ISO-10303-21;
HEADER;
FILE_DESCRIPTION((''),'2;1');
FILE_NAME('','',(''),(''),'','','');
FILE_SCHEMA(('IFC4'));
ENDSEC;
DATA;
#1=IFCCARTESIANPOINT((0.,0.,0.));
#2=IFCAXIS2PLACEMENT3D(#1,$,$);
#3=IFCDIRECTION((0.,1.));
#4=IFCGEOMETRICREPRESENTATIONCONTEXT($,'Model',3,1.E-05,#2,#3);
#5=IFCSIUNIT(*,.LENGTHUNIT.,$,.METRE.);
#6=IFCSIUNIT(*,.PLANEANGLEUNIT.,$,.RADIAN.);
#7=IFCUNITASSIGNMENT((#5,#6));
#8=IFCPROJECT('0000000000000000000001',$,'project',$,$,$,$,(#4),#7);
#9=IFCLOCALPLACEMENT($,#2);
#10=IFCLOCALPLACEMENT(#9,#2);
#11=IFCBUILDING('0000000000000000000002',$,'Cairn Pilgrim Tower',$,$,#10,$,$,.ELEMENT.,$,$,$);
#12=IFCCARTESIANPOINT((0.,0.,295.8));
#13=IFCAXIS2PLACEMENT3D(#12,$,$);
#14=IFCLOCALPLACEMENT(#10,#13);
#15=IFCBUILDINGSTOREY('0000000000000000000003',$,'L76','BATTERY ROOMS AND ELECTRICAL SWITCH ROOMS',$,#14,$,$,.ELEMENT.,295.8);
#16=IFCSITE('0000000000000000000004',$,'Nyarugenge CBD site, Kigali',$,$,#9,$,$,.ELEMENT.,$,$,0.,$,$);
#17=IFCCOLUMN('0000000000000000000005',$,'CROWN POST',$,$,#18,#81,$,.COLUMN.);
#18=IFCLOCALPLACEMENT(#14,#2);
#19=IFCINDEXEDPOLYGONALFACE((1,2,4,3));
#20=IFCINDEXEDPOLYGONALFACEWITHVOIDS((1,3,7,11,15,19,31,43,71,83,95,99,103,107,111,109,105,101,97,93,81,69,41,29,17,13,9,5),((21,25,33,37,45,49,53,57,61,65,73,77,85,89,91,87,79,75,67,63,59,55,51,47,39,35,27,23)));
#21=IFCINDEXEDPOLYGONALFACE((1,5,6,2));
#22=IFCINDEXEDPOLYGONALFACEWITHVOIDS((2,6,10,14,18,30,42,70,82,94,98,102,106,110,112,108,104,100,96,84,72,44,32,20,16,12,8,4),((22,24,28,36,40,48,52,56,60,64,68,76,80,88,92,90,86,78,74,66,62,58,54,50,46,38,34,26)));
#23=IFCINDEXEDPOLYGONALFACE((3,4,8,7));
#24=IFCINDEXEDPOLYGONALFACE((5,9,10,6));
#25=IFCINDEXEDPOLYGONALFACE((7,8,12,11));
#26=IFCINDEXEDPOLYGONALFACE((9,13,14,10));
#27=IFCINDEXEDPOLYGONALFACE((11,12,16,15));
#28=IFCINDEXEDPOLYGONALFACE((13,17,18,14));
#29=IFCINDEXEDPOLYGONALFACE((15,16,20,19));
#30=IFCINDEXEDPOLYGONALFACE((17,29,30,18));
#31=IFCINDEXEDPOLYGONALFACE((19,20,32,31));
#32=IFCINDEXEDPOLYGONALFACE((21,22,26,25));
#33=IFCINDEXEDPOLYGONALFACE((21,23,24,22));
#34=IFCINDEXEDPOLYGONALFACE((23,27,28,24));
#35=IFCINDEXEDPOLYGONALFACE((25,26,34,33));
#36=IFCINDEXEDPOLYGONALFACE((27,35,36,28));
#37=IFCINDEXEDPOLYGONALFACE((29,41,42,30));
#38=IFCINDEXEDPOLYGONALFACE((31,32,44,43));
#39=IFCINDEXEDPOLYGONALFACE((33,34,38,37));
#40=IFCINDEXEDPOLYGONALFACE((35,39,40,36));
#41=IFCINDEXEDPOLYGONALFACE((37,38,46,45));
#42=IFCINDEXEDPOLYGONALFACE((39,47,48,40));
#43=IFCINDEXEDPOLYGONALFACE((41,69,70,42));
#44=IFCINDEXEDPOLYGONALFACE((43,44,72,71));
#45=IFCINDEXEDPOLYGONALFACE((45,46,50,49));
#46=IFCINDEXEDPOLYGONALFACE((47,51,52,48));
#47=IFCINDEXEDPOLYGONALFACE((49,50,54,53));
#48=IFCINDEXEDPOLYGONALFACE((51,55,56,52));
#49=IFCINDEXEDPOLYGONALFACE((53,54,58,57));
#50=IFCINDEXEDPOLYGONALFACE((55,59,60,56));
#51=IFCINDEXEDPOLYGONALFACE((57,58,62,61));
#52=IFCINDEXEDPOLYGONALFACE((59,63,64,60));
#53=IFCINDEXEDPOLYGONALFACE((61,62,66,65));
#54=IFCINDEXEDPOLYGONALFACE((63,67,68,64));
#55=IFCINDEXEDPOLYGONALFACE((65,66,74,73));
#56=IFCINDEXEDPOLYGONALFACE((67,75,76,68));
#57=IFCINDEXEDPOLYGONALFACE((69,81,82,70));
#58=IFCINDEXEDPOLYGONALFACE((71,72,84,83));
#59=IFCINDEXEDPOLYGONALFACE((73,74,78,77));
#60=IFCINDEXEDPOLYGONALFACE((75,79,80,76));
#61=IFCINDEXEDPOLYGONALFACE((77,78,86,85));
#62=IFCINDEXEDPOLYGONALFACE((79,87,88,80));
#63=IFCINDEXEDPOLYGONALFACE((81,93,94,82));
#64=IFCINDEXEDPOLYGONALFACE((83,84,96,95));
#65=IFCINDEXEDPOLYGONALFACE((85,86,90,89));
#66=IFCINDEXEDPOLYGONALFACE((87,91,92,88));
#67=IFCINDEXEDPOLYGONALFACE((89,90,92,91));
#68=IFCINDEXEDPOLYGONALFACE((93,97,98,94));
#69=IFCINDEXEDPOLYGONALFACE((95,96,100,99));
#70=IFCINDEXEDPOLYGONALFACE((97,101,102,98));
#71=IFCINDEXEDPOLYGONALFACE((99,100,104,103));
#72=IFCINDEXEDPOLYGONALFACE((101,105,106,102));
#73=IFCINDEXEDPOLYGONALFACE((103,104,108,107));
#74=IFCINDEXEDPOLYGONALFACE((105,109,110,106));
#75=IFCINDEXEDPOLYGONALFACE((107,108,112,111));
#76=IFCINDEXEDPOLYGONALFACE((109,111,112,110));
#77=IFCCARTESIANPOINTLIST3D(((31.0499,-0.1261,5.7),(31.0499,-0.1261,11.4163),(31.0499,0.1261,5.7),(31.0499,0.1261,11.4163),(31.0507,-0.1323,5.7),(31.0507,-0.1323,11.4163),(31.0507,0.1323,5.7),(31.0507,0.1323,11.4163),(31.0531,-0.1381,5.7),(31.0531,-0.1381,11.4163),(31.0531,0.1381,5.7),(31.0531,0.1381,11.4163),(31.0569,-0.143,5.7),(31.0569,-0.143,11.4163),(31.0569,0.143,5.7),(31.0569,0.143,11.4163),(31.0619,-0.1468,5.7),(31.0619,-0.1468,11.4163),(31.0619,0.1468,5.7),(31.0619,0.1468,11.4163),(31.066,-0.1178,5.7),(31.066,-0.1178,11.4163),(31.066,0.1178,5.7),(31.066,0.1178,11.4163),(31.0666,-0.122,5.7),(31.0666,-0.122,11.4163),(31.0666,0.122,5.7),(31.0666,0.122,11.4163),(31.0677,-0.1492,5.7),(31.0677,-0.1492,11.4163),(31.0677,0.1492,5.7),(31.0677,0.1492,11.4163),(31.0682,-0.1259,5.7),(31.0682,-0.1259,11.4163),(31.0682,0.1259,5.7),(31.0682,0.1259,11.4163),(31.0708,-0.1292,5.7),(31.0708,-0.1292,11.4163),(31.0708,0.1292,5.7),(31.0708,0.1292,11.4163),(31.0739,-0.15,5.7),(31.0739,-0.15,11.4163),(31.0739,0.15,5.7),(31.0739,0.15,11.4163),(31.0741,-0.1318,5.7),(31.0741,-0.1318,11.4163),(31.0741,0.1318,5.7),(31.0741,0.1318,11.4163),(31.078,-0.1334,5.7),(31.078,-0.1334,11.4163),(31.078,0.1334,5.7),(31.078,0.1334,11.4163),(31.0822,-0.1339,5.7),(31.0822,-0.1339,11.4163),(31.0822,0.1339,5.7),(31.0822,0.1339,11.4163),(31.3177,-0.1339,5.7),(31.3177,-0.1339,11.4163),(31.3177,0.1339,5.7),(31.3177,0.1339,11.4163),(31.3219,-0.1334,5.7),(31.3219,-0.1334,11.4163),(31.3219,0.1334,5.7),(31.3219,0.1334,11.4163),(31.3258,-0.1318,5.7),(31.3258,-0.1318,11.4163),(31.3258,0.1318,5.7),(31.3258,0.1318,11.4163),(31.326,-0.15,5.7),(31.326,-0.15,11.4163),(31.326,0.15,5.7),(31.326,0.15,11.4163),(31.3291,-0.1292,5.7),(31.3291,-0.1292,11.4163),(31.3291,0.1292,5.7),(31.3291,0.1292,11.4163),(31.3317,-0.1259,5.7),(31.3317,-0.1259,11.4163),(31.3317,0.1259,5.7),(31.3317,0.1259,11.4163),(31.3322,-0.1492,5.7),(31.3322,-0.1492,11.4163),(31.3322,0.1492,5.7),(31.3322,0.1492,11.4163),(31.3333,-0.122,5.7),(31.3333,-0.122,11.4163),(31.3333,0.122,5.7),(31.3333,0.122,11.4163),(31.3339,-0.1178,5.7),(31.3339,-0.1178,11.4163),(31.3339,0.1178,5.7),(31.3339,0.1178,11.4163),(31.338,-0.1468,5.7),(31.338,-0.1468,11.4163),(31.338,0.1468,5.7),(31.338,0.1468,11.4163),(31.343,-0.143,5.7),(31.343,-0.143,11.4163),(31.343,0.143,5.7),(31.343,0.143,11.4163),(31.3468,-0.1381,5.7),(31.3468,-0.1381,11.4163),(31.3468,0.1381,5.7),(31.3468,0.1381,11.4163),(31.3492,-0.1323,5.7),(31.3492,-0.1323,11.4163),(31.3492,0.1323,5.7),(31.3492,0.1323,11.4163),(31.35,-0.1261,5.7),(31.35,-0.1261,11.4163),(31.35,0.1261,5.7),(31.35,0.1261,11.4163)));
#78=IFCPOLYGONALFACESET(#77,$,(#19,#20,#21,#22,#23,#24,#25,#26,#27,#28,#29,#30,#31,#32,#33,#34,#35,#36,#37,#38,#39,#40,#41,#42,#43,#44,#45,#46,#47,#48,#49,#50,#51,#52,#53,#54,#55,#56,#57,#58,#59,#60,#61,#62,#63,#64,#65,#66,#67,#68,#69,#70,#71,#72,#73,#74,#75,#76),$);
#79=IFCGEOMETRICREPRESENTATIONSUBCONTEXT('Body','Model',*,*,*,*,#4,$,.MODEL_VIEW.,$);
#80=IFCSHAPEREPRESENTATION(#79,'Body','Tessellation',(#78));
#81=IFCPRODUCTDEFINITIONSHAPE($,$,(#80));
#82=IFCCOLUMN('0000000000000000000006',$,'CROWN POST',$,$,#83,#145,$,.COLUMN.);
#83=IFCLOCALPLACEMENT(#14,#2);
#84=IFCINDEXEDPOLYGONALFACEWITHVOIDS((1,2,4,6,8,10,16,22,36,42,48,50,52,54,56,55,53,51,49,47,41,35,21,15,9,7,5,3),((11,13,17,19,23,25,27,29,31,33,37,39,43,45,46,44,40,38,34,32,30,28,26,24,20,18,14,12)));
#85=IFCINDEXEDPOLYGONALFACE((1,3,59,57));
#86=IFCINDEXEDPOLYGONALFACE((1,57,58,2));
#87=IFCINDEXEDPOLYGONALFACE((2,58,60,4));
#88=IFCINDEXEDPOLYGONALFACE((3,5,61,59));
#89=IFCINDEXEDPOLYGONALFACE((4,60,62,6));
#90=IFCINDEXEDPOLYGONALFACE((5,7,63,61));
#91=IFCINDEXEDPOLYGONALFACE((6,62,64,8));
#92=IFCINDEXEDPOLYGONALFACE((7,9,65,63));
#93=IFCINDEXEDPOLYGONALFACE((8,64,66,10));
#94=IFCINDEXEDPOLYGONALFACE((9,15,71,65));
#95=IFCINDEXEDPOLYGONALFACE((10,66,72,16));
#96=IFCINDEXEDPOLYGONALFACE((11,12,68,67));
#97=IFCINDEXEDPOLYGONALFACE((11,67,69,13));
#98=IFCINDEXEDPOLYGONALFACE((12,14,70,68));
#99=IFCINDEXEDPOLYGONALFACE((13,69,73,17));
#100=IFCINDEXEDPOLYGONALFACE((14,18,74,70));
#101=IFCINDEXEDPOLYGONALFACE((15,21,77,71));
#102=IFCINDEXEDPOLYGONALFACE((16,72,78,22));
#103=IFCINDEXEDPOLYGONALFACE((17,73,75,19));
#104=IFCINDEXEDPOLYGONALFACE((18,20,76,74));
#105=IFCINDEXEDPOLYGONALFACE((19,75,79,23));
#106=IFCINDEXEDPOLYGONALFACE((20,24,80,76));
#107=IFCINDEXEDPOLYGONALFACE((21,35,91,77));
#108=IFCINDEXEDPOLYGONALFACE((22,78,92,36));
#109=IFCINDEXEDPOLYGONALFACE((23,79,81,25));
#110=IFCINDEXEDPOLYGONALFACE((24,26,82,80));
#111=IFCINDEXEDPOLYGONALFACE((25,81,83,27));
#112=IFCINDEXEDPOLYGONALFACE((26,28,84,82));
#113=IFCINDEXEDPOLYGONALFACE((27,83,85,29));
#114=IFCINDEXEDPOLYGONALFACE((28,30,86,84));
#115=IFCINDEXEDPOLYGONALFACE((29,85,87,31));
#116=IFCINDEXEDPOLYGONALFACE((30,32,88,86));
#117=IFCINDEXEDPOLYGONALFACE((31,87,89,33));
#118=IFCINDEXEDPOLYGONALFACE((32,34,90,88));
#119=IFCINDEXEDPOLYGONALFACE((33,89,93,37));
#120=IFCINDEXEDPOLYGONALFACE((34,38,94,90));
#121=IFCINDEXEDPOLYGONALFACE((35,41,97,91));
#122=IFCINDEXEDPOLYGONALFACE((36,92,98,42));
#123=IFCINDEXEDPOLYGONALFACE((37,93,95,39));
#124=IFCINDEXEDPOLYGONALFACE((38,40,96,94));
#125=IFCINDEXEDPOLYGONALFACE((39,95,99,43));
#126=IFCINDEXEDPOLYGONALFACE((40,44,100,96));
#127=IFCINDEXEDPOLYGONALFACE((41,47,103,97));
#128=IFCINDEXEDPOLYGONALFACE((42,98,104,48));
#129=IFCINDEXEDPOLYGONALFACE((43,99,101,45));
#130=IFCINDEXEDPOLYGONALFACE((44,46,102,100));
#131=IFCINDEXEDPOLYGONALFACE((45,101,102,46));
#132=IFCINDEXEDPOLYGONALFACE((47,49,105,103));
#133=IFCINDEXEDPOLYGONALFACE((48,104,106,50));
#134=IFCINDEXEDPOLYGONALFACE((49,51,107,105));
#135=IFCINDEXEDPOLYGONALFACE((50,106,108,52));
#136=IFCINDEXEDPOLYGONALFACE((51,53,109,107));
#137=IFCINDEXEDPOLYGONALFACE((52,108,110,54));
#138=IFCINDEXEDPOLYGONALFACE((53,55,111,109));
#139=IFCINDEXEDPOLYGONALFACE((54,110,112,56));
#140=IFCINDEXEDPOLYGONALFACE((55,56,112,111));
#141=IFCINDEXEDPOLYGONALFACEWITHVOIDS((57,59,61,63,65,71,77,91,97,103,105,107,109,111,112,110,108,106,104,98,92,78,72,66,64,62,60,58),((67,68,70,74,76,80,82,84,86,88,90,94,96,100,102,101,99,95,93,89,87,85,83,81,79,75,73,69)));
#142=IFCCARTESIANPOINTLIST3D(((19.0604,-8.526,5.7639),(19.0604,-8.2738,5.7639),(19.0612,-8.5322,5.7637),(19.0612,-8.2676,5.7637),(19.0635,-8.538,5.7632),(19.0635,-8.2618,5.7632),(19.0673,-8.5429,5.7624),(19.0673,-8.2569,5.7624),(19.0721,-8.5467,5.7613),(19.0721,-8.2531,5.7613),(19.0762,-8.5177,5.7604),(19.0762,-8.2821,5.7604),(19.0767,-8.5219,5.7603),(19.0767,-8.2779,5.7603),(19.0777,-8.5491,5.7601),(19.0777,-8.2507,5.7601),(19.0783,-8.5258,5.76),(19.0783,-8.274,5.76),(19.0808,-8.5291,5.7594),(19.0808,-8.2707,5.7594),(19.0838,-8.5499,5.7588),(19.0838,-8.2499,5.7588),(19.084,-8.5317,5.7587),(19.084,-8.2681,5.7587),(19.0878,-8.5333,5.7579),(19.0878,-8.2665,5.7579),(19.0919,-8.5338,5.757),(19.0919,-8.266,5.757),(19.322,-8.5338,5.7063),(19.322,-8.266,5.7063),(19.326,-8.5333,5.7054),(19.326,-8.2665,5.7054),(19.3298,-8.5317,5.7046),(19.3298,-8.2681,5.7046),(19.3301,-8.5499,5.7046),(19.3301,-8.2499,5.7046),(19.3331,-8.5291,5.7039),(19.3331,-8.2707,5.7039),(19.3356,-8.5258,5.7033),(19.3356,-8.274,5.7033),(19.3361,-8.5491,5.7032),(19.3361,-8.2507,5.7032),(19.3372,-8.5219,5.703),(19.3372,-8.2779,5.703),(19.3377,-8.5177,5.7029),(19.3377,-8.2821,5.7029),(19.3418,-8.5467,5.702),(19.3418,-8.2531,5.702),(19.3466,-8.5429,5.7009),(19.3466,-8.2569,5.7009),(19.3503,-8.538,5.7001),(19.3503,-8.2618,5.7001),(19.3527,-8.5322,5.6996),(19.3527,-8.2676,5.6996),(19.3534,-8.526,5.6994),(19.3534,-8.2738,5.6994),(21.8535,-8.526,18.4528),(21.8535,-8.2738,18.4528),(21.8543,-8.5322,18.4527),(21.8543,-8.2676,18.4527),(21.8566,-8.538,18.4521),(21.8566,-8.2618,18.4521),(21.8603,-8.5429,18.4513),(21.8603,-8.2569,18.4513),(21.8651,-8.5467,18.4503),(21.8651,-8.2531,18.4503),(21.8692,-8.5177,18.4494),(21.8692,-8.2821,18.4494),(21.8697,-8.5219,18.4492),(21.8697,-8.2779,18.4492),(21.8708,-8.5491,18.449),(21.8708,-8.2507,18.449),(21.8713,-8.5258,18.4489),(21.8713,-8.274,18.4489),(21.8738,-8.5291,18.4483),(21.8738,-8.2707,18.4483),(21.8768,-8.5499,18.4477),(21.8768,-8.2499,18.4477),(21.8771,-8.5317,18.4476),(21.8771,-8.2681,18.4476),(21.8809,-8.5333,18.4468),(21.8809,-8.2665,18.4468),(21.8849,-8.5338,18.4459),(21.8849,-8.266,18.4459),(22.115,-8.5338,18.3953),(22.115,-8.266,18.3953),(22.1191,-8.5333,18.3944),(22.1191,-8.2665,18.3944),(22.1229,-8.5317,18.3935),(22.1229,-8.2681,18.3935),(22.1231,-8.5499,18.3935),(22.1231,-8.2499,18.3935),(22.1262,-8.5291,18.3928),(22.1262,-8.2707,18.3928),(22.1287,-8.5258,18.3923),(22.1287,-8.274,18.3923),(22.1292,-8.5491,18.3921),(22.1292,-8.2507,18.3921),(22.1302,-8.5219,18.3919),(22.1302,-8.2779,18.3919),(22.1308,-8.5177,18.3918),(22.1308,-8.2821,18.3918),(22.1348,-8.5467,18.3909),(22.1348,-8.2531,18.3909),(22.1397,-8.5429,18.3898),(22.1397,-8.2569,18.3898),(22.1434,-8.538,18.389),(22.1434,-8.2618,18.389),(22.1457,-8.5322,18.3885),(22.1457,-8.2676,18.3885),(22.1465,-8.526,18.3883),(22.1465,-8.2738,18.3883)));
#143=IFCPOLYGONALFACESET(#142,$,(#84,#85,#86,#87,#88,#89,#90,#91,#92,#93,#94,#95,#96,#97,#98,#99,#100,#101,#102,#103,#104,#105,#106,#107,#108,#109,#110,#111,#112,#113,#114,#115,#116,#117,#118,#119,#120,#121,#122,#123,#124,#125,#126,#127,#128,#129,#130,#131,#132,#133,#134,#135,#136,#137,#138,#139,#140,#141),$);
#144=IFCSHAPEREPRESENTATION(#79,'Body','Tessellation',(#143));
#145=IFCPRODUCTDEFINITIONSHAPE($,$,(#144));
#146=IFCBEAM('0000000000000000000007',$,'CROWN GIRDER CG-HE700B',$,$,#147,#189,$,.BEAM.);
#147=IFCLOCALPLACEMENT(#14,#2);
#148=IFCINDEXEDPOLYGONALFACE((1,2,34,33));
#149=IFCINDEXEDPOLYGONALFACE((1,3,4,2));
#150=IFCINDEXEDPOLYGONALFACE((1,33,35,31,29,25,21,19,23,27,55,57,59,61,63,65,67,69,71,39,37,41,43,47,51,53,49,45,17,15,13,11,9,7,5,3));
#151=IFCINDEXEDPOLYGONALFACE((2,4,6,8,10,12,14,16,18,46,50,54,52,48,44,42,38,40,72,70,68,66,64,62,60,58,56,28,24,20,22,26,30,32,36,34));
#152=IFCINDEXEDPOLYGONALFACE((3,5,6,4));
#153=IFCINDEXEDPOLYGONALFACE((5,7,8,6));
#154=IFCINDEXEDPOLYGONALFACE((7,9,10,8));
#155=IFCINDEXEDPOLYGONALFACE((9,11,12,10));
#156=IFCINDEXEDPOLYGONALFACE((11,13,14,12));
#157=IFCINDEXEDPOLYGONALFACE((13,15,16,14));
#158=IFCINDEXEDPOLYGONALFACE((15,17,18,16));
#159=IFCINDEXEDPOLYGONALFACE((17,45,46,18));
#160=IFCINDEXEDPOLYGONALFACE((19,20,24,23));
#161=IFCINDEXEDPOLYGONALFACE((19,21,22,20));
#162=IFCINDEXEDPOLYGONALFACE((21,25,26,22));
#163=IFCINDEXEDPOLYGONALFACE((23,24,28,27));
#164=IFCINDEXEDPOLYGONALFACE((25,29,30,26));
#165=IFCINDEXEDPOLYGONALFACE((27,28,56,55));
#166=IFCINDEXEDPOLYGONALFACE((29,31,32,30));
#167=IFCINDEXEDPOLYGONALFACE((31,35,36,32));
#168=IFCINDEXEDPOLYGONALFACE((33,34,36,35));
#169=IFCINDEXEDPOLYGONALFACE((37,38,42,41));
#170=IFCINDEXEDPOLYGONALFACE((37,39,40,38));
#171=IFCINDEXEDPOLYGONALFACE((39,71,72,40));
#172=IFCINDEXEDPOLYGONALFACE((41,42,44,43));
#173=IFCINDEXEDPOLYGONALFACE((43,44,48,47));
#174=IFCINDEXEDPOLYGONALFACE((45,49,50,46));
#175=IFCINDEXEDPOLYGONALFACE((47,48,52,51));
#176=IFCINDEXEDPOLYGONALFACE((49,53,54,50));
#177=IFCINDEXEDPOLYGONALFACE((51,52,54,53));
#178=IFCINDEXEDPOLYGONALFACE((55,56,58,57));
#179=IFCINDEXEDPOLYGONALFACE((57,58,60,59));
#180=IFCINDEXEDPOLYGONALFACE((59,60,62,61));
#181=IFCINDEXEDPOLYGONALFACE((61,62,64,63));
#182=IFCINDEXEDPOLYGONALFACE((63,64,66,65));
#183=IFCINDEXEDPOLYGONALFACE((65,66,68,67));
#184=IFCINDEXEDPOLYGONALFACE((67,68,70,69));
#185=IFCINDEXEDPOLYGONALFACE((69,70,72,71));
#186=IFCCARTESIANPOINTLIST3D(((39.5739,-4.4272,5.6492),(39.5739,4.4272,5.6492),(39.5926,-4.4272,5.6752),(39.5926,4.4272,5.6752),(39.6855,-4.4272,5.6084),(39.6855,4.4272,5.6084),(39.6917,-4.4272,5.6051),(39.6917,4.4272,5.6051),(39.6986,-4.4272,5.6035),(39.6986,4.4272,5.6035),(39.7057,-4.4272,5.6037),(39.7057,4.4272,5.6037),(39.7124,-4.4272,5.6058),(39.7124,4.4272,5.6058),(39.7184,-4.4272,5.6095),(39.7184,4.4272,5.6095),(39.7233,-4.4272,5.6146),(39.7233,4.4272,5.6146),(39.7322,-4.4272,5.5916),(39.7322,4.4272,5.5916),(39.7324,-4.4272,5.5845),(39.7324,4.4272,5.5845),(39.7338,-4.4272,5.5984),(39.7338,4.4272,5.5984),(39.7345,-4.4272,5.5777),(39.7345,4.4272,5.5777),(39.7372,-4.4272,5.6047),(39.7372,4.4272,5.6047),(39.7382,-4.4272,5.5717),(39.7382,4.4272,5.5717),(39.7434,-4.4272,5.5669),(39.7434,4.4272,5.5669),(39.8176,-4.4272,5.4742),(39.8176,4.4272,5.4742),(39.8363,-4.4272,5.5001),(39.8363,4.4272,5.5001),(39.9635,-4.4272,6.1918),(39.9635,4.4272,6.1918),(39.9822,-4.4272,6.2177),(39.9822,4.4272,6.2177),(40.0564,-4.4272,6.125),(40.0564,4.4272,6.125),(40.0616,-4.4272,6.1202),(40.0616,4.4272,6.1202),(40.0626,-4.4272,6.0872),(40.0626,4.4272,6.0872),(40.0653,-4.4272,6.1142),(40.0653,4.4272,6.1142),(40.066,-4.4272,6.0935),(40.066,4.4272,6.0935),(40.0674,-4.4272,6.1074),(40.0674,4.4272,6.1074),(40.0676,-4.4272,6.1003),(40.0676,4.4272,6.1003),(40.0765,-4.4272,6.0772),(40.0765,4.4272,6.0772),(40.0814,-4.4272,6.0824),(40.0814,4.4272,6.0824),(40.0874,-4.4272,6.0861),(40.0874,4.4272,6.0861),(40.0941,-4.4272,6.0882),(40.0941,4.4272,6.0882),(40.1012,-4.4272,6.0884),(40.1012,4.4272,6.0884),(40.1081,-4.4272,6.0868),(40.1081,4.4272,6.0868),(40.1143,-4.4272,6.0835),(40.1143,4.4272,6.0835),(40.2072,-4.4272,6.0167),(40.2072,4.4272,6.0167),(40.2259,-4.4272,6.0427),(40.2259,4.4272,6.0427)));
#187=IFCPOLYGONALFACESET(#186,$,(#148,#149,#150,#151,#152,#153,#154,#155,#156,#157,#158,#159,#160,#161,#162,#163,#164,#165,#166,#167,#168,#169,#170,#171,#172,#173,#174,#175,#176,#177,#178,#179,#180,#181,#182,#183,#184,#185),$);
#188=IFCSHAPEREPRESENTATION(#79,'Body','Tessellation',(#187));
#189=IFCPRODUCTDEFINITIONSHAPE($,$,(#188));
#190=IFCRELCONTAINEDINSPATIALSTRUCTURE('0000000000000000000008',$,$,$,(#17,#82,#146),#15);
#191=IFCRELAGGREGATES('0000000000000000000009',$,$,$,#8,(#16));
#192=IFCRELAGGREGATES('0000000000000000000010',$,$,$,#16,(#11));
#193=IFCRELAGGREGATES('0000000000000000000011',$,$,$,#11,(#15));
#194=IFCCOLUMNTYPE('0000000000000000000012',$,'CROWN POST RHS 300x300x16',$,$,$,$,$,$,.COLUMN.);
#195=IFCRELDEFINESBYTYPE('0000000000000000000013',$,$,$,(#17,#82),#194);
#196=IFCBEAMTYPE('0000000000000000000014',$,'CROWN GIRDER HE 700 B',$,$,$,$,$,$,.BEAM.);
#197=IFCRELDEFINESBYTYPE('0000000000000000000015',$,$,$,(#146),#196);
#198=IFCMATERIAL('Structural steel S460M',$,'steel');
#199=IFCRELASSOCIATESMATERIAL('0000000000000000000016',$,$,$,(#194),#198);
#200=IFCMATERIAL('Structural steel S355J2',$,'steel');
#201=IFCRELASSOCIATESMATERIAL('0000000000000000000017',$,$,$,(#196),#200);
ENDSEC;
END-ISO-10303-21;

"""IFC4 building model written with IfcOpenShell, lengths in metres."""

from ifc_helpers import new_model, si_unit, direction, frame, origin, origin_2d, place, context, subcontext, project, spatial, hollow_rectangle, i_section, extrude, clip, halfspace, material, material_profile, profile_set, type_object, element, save


model = new_model("IFC4")

# Units and contexts
model_context = context("Model", 3, precision=1e-05, world=origin(), true_north=direction((0.0, 1.0)))
body_context = subcontext(model_context, "Body", "Model", "MODEL_VIEW")
ifc_project = project(units=[si_unit("LENGTHUNIT", "METRE"), si_unit("PLANEANGLEUNIT", "RADIAN")], contexts=[model_context])

# Site, building, storey
site_placement = place(None, origin())
site = spatial("IfcSite", under=ifc_project, at=site_placement, Name="Nyarugenge CBD site, Kigali", CompositionType="ELEMENT", RefElevation=0.0)
building_placement = place(site_placement, origin())
building = spatial("IfcBuilding", under=site, at=building_placement, Name="Cairn Pilgrim Tower", CompositionType="ELEMENT")
storey_placement = place(building_placement, frame((0.0, 0.0, 295.8)))
storey = spatial("IfcBuildingStorey", under=building, at=storey_placement, Name="L76", Description="BATTERY ROOMS AND ELECTRICAL SWITCH ROOMS", CompositionType="ELEMENT", Elevation=295.8)

# Columns
ifc_material_1 = material(Name="Structural steel S460M", Category="steel")
ifc_material_profile_1 = material_profile(ifc_material_1, hollow_rectangle(XDim=0.3, YDim=0.3, WallThickness=0.0161, InnerFilletRadius=0.0161, OuterFilletRadius=0.0239, at=origin_2d()), Name="SHS 300x300x16")
ifc_profile_set_1 = profile_set([ifc_material_profile_1], Name="Structural steel S460M")
column_type = type_object("IfcColumnType", Name="CROWN POST RHS 300x300x16", PredefinedType="COLUMN", material=ifc_profile_set_1)
column_1_placement = place(storey_placement, frame((31.2, 0.0, 5.7), z_axis=(0.0, 0.0, 1.0), x_axis=(1.0, 0.0, 0.0)))
element("IfcColumn", 1, at=column_1_placement, inside=storey, type_object=column_type, Name="CROWN POST", PredefinedType="COLUMN", context=body_context, shape_type="SweptSolid", body=[
    extrude(hollow_rectangle(XDim=0.3, YDim=0.3, WallThickness=0.0161, InnerFilletRadius=0.0161, OuterFilletRadius=0.0239, at=origin_2d()), origin(), (0.0, 0.0, 1.0), 5.7163),
])
column_2_placement = place(storey_placement, frame((19.2, -8.3999, 5.7), z_axis=(0.214971, 0.0, 0.97662), x_axis=(0.0, 1.0, 0.0)))
element("IfcColumn", 2, at=column_2_placement, inside=storey, type_object=column_type, Name="CROWN POST", PredefinedType="COLUMN", context=body_context, shape_type="Clipping", body=[
    clip(extrude(hollow_rectangle(XDim=0.3, YDim=0.3, WallThickness=0.0161, InnerFilletRadius=0.0161, OuterFilletRadius=0.0239, at=origin_2d()), origin(), (0.0, 0.0, 1.0), 13.0251), halfspace(frame((0.0, 0.0, 0.0325), z_axis=(0.0, 0.0, 1.0), x_axis=(1.0, 0.0, 0.0)), True)),
])

# Beam
ifc_material_2 = material(Name="Structural steel S355J2", Category="steel")
ifc_material_profile_2 = material_profile(ifc_material_2, i_section(OverallWidth=0.3, OverallDepth=0.7, WebThickness=0.0171, FlangeThickness=0.032, FilletRadius=0.0271, at=origin_2d()), Name="HEB 700")
ifc_profile_set_2 = profile_set([ifc_material_profile_2], Name="Structural steel S355J2")
beam_type_1 = type_object("IfcBeamType", Name="CROWN GIRDER HE 700 B", PredefinedType="BEAM", material=ifc_profile_set_2)
beam_1_placement = place(storey_placement, frame((39.8999, -4.4272, 5.8459), z_axis=(0.0, 1.0, 0.0), x_axis=(-0.812271, 0.0, 0.58328)))
element("IfcBeam", 3, at=beam_1_placement, inside=storey, type_object=beam_type_1, Name="CROWN GIRDER CG-HE700B", PredefinedType="BEAM", context=body_context, shape_type="SweptSolid", body=[
    extrude(i_section(OverallWidth=0.3, OverallDepth=0.7, WebThickness=0.0171, FlangeThickness=0.032, FilletRadius=0.0271, at=origin_2d()), origin(), (0.0, 0.0, 1.0), 8.8545),
])

save(model, "model.ifc")
